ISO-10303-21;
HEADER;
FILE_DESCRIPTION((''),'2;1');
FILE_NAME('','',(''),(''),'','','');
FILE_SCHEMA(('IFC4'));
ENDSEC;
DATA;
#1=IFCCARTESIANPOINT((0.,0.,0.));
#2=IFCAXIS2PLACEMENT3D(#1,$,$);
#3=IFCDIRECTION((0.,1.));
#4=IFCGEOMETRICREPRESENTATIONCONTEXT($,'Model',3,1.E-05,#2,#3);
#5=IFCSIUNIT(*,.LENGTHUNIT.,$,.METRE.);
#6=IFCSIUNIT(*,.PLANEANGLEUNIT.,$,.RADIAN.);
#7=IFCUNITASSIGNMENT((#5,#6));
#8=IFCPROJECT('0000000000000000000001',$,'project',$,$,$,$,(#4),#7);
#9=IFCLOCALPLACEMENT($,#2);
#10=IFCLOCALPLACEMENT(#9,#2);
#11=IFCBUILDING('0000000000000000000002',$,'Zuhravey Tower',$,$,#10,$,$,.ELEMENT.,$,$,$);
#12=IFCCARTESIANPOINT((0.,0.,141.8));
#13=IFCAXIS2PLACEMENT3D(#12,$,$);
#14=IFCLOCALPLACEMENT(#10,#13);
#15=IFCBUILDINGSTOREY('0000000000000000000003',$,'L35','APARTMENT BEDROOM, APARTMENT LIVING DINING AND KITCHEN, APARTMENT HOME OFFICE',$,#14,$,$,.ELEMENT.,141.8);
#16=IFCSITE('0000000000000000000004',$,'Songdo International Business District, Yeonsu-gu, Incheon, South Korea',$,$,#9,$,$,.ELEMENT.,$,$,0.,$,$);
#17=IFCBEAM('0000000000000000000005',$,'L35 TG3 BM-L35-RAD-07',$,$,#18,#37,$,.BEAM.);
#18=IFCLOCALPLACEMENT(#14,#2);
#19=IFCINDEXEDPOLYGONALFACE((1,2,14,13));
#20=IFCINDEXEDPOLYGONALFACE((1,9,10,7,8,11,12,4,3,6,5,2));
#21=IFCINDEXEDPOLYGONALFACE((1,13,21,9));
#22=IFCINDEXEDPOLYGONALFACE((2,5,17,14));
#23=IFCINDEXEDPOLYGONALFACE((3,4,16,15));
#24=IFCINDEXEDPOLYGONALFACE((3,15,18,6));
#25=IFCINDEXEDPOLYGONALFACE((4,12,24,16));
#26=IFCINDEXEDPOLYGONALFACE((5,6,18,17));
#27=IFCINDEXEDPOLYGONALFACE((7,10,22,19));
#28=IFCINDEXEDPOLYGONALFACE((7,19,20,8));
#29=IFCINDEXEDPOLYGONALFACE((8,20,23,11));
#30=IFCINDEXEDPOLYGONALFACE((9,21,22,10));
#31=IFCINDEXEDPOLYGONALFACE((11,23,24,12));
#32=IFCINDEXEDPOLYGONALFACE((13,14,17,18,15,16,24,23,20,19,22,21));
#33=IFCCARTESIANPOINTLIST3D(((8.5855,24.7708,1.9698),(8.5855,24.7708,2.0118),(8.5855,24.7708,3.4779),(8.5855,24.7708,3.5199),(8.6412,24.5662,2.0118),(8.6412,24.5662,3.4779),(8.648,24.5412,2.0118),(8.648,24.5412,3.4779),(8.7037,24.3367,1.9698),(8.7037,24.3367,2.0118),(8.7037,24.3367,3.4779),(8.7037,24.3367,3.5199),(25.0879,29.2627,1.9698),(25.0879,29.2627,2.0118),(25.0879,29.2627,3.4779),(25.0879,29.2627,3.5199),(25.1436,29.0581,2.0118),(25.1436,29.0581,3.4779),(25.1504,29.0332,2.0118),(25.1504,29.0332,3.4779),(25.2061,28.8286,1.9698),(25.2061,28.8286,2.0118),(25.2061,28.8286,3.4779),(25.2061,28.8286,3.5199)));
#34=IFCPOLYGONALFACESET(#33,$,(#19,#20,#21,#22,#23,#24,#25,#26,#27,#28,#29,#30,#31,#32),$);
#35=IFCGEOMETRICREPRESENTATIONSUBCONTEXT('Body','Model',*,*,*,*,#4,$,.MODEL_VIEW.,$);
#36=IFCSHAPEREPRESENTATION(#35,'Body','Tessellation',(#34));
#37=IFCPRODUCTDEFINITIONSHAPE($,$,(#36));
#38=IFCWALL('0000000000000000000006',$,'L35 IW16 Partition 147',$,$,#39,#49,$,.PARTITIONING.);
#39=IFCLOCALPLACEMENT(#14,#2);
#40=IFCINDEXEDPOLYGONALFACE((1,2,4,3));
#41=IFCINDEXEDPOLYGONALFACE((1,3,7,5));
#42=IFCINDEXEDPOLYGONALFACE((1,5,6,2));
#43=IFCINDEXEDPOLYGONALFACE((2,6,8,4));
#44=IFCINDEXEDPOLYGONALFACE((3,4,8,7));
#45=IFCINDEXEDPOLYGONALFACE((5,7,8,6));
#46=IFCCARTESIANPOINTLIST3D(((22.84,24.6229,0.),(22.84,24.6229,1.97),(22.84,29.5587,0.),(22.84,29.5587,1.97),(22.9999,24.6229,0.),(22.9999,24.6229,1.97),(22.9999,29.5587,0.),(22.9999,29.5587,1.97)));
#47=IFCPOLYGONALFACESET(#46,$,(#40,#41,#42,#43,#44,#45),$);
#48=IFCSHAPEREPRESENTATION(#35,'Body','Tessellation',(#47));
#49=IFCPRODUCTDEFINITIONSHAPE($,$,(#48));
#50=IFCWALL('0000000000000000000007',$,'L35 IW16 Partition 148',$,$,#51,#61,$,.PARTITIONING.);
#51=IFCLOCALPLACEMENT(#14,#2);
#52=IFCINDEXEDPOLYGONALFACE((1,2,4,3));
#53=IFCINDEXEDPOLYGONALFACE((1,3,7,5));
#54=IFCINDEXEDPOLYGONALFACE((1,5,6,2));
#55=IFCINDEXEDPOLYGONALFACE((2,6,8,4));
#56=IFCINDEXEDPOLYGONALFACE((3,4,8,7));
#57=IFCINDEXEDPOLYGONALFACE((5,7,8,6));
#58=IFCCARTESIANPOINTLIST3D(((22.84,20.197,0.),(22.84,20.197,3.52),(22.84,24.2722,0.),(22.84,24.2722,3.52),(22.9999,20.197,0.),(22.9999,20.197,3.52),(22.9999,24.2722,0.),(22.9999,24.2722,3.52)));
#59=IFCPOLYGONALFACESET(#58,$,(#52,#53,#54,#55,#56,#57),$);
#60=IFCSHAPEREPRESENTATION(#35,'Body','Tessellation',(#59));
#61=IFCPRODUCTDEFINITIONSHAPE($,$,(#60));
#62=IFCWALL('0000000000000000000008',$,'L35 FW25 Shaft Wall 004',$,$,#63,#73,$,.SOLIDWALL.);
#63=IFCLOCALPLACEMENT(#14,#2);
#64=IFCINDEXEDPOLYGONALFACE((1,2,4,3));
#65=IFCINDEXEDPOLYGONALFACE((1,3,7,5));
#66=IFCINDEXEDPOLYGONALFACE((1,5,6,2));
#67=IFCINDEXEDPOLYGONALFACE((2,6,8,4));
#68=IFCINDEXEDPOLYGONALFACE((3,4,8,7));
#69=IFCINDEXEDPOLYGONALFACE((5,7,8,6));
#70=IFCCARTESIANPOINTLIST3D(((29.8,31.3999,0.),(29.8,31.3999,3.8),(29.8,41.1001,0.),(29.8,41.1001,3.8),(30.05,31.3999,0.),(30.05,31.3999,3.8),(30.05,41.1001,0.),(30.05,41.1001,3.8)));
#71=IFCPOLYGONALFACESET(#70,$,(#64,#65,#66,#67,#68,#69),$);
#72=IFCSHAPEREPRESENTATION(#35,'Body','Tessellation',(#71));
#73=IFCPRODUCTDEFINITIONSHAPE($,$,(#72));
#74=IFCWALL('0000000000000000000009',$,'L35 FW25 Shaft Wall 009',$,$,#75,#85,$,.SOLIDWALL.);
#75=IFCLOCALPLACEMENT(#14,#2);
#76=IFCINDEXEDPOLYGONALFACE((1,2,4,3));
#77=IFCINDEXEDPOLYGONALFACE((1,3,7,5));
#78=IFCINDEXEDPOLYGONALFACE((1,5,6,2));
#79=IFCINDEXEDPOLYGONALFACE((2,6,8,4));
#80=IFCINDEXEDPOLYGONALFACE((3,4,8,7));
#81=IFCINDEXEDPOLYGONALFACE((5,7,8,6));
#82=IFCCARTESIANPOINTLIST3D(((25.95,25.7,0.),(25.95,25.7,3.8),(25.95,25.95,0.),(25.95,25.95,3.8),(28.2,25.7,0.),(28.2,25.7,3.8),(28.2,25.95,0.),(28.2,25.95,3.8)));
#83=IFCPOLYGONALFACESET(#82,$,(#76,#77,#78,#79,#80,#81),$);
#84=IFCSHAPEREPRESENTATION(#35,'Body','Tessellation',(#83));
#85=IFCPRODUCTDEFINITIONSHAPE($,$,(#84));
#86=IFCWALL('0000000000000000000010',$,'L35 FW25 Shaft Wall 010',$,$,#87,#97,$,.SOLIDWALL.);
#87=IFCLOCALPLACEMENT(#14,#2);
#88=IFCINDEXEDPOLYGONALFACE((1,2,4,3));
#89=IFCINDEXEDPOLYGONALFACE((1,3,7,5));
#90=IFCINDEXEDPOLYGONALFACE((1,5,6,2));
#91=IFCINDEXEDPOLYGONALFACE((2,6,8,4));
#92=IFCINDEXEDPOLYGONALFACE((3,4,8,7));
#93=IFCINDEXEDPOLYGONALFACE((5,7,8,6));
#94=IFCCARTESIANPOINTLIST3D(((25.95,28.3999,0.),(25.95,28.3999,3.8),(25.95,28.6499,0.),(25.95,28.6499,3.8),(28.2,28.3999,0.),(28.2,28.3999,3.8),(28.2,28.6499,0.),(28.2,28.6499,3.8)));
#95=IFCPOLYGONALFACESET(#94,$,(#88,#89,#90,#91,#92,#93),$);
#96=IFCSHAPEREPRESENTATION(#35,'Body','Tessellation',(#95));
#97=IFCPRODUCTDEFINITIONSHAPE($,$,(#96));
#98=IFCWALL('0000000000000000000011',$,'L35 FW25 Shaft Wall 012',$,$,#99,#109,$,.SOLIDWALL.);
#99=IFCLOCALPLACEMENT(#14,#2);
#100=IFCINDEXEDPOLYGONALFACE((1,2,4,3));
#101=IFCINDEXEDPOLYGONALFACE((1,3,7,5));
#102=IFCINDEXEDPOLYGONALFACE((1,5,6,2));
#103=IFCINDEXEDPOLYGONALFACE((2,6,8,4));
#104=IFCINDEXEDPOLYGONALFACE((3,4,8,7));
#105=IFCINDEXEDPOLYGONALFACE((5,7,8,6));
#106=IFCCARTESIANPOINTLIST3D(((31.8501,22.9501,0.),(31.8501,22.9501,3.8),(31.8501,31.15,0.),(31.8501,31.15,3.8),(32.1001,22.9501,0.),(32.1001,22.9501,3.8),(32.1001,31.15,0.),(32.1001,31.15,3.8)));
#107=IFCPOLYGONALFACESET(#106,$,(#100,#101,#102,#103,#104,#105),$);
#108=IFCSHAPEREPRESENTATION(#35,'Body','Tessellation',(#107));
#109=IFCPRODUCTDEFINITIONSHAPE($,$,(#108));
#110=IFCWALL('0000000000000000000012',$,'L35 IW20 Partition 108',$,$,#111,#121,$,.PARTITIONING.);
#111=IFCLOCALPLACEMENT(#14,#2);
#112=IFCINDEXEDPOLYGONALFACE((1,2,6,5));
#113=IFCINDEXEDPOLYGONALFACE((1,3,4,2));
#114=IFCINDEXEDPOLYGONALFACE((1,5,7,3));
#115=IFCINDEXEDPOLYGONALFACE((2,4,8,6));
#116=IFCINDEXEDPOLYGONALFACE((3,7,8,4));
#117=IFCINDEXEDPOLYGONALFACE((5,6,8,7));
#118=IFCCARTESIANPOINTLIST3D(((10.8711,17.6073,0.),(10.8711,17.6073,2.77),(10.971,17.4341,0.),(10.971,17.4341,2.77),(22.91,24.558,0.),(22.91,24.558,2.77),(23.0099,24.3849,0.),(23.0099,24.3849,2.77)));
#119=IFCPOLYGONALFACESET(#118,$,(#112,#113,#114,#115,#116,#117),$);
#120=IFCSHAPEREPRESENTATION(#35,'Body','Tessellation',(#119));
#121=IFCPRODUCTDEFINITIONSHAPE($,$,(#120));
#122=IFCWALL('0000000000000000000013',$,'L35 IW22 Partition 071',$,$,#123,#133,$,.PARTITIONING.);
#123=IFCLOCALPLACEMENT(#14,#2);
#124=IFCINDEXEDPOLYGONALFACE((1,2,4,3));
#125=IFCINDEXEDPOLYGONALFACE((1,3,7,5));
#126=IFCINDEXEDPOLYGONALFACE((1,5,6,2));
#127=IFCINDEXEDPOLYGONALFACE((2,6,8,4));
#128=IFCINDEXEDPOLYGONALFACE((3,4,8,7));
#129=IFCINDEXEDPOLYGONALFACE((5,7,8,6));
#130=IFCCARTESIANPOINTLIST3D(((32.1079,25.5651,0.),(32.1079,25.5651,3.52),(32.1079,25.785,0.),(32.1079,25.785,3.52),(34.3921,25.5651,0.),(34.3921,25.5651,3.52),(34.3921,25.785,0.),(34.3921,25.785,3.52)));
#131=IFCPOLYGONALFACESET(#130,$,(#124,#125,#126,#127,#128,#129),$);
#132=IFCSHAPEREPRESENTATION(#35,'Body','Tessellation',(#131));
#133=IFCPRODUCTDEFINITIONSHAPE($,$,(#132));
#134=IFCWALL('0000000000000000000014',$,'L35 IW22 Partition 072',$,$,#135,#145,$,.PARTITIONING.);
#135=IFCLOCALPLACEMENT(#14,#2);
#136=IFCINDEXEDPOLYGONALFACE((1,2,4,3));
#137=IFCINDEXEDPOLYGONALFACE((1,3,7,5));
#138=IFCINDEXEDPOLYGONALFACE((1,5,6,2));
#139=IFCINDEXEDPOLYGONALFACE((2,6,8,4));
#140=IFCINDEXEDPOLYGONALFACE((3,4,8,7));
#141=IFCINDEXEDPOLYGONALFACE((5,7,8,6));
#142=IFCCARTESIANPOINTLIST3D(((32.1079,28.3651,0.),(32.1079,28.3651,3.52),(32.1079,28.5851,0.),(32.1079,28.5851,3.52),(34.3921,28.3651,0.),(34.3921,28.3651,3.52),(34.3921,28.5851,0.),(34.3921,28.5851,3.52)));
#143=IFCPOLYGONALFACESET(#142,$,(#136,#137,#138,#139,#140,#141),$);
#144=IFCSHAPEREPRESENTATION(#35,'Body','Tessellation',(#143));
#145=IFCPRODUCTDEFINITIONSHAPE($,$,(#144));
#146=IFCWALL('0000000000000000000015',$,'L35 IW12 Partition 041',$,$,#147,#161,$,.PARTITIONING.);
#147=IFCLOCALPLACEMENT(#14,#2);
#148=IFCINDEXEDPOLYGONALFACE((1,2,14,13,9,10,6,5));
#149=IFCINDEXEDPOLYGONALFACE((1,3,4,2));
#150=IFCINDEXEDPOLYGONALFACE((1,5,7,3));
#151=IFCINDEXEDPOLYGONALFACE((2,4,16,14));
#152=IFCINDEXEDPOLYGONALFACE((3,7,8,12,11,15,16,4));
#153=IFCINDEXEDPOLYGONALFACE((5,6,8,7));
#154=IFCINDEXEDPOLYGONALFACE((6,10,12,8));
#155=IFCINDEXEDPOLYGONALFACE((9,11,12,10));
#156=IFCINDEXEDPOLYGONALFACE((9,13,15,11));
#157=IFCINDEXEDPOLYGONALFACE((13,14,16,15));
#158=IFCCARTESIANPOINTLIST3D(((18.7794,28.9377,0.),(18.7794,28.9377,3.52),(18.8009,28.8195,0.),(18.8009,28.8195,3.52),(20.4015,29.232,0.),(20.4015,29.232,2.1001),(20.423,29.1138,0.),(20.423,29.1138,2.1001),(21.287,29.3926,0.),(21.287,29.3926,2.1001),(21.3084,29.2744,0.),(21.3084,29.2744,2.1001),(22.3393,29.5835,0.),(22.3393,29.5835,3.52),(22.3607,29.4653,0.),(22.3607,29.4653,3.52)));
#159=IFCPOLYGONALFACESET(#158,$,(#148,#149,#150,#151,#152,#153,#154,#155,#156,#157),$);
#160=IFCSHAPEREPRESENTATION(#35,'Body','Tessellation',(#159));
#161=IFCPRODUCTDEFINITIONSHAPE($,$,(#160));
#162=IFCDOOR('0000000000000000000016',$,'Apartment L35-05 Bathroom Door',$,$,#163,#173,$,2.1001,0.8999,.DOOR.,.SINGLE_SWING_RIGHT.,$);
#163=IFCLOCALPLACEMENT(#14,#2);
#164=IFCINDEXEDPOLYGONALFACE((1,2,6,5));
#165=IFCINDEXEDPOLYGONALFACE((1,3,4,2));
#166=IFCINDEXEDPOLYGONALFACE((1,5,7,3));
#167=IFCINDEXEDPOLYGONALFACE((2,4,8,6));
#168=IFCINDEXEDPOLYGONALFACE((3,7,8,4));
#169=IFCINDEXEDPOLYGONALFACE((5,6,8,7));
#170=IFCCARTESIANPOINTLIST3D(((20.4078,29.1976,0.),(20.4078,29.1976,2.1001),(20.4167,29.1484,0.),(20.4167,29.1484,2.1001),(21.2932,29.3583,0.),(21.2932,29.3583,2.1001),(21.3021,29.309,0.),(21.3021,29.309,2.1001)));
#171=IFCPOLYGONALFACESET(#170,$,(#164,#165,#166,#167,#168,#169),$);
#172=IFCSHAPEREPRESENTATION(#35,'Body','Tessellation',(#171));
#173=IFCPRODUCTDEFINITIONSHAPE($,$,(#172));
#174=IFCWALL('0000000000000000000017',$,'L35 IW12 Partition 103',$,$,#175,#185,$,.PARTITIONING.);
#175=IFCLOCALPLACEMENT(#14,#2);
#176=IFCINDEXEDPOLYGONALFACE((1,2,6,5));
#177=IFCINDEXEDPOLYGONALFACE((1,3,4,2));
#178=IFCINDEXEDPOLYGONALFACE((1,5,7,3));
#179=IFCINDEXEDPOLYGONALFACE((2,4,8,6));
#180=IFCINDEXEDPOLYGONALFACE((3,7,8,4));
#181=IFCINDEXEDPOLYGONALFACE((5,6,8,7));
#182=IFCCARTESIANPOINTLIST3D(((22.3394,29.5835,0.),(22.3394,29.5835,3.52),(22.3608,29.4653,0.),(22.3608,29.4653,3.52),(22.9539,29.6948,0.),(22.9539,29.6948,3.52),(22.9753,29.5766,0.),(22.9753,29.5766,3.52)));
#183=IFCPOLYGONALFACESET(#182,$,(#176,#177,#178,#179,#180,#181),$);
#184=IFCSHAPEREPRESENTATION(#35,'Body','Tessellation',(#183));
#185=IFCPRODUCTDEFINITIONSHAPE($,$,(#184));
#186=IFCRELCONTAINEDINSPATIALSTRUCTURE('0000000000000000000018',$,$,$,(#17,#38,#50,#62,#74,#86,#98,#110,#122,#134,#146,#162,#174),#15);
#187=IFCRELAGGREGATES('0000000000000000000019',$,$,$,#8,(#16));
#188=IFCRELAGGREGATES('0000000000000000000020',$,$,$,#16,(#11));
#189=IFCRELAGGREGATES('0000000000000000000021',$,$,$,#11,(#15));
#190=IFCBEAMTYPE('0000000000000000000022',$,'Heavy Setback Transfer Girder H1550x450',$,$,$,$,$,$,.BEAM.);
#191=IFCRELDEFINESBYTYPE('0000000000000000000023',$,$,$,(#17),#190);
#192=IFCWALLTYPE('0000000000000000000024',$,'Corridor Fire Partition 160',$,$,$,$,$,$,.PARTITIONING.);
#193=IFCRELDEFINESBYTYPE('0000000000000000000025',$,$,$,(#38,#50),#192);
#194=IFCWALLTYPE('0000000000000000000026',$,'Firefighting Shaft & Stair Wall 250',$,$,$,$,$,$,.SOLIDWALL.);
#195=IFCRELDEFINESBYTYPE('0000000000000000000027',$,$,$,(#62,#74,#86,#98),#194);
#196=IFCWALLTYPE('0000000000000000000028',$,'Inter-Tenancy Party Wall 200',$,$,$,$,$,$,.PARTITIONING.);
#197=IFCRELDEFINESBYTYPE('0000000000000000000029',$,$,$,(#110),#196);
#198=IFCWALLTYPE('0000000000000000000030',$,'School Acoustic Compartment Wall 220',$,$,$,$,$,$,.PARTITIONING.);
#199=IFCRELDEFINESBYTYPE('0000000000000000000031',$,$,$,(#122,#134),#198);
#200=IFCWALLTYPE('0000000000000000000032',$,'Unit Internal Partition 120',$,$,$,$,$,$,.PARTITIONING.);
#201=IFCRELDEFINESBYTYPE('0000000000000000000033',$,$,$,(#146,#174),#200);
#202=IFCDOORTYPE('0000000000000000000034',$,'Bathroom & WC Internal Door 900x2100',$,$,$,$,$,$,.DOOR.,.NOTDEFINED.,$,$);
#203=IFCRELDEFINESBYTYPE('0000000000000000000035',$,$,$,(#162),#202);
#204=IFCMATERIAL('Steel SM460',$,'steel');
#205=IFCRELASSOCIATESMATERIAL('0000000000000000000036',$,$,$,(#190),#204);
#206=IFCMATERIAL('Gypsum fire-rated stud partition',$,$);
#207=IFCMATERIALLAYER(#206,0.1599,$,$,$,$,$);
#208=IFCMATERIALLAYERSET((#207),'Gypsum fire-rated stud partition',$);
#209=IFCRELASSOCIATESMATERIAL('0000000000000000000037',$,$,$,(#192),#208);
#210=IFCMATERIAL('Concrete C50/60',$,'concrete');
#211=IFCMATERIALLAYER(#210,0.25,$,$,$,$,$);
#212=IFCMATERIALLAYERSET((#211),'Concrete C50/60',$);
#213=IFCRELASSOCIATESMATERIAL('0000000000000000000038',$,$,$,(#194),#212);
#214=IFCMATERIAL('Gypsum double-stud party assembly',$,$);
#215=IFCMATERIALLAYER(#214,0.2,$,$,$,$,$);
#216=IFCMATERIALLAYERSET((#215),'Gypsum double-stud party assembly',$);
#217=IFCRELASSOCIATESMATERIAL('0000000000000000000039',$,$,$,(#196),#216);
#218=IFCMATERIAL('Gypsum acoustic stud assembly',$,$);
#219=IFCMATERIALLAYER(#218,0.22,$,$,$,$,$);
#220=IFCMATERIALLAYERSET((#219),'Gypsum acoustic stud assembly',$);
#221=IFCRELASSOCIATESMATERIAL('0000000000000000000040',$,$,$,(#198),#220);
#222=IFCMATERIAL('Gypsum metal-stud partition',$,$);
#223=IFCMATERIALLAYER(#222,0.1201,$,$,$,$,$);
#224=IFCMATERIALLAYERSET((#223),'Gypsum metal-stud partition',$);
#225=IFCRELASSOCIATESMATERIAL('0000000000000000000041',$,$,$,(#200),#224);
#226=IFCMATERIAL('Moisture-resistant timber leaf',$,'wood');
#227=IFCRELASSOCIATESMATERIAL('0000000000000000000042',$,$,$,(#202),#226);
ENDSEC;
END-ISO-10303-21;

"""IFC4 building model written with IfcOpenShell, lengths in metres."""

from ifc_helpers import new_model, si_unit, direction, frame, frame_2d, origin, origin_2d, place, context, subcontext, project, spatial, rectangle, i_section, extrude, material, layer, layer_set, material_profile, profile_set, type_object, element, fill, save


model = new_model("IFC4")

# Units and contexts
model_context = context("Model", 3, precision=1e-05, world=origin(), true_north=direction((0.0, 1.0)))
body_context = subcontext(model_context, "Body", "Model", "MODEL_VIEW")
ifc_project = project(units=[si_unit("LENGTHUNIT", "METRE"), si_unit("PLANEANGLEUNIT", "RADIAN")], contexts=[model_context])

# Site, building, storey
site_placement = place(None, origin())
site = spatial("IfcSite", under=ifc_project, at=site_placement, Name="Songdo International Business District, Yeonsu-gu, Incheon, South Korea", CompositionType="ELEMENT", RefElevation=0.0)
building_placement = place(site_placement, origin())
building = spatial("IfcBuilding", under=site, at=building_placement, Name="Zuhravey Tower", CompositionType="ELEMENT")
storey_placement = place(building_placement, frame((0.0, 0.0, 141.8)))
storey = spatial("IfcBuildingStorey", under=building, at=storey_placement, Name="L35", Description="APARTMENT BEDROOM, APARTMENT LIVING DINING AND KITCHEN, APARTMENT HOME OFFICE", CompositionType="ELEMENT", Elevation=141.8)

# Beam
ifc_material_1 = material(Name="Steel SM460", Category="steel")
ifc_material_profile = material_profile(ifc_material_1, i_section(OverallWidth=0.45, OverallDepth=1.55, WebThickness=0.0259, FlangeThickness=0.042, at=origin_2d()), Name="H-1550x450x26x42")
ifc_profile_set = profile_set([ifc_material_profile], Name="Steel SM460")
beam_type = type_object("IfcBeamType", Name="Heavy Setback Transfer Girder H1550x450", PredefinedType="BEAM", material=ifc_profile_set)
beam_placement = place(storey_placement, frame((25.147, 29.0457, 2.7449), z_axis=(-0.964893, -0.262643, 0.0), x_axis=(0.262643, -0.964893, 0.0)))
element("IfcBeam", 1, at=beam_placement, inside=storey, type_object=beam_type, Name="L35 TG3 BM-L35-RAD-07", PredefinedType="BEAM", context=body_context, shape_type="SweptSolid", body=[
    extrude(i_section(OverallWidth=0.45, OverallDepth=1.55, WebThickness=0.0259, FlangeThickness=0.042, at=origin_2d()), origin(), (0.0, 0.0, 1.0), 17.1028),
])

# Shared definitions
ifc_material_2 = material(Name="Gypsum fire-rated stud partition")
ifc_layer_1 = layer(ifc_material_2, 0.1599)
ifc_layer_set_1 = layer_set([ifc_layer_1], Name="Gypsum fire-rated stud partition")
wall_type_1 = type_object("IfcWallType", Name="Corridor Fire Partition 160", PredefinedType="PARTITIONING", material=ifc_layer_set_1)

# Walls
wall_1_placement = place(storey_placement, frame((22.9199, 29.5586, 0.0), z_axis=(0.0, 0.0, 1.0), x_axis=(0.0, -1.0, 0.0)))
element("IfcWall", 2, at=wall_1_placement, inside=storey, type_object=wall_type_1, Name="L35 IW16 Partition 147", PredefinedType="PARTITIONING", context=body_context, shape_type="SweptSolid", body=[
    extrude(rectangle(XDim=4.9358, YDim=0.1599, at=frame_2d((2.4678, 0.0))), origin(), (0.0, 0.0, 1.0), 1.97),
])
wall_2_placement = place(storey_placement, frame((22.9199, 24.2722, 0.0), z_axis=(0.0, 0.0, 1.0), x_axis=(0.0, -1.0, 0.0)))
element("IfcWall", 3, at=wall_2_placement, inside=storey, type_object=wall_type_1, Name="L35 IW16 Partition 148", PredefinedType="PARTITIONING", context=body_context, shape_type="SweptSolid", body=[
    extrude(rectangle(XDim=4.0752, YDim=0.1599, at=frame_2d((2.0376, 0.0))), origin(), (0.0, 0.0, 1.0), 3.52),
])

# Shared definitions
ifc_material_3 = material(Name="Concrete C50/60", Category="concrete")
ifc_layer_2 = layer(ifc_material_3, 0.25)
ifc_layer_set_2 = layer_set([ifc_layer_2], Name="Concrete C50/60")
wall_type_2 = type_object("IfcWallType", Name="Firefighting Shaft & Stair Wall 250", PredefinedType="SOLIDWALL", material=ifc_layer_set_2)

# Walls
wall_3_placement = place(storey_placement, frame((29.925, 31.3999, 0.0), z_axis=(0.0, 0.0, 1.0), x_axis=(0.0, 1.0, 0.0)))
element("IfcWall", 4, at=wall_3_placement, inside=storey, type_object=wall_type_2, Name="L35 FW25 Shaft Wall 004", PredefinedType="SOLIDWALL", context=body_context, shape_type="SweptSolid", body=[
    extrude(rectangle(XDim=9.7002, YDim=0.25, at=frame_2d((4.8501, 0.0))), origin(), (0.0, 0.0, 1.0), 3.8),
])
for number, where, z_axis, x_axis, name in (
    (5, (25.95, 25.825, 0.0), (0.0, 0.0, 1.0), (1.0, 0.0, 0.0), "L35 FW25 Shaft Wall 009"),
    (6, (25.95, 28.5249, 0.0), (0.0, 0.0, 1.0), (1.0, 0.0, 0.0), "L35 FW25 Shaft Wall 010"),
):
    element("IfcWall", number, at=place(storey_placement, frame(where, z_axis=z_axis, x_axis=x_axis)), inside=storey, type_object=wall_type_2, Name=name, PredefinedType="SOLIDWALL", context=body_context, shape_type="SweptSolid", body=[
        extrude(rectangle(XDim=2.25, YDim=0.25, at=frame_2d((1.125, 0.0))), origin(), (0.0, 0.0, 1.0), 3.8),
    ])
wall_4_placement = place(storey_placement, frame((31.9751, 22.95, 0.0), z_axis=(0.0, 0.0, 1.0), x_axis=(0.0, 1.0, 0.0)))
element("IfcWall", 7, at=wall_4_placement, inside=storey, type_object=wall_type_2, Name="L35 FW25 Shaft Wall 012", PredefinedType="SOLIDWALL", context=body_context, shape_type="SweptSolid", body=[
    extrude(rectangle(XDim=8.2, YDim=0.25, at=frame_2d((4.1001, 0.0))), origin(), (0.0, 0.0, 1.0), 3.8),
])
ifc_material_4 = material(Name="Gypsum double-stud party assembly")
ifc_layer_3 = layer(ifc_material_4, 0.2)
ifc_layer_set_3 = layer_set([ifc_layer_3], Name="Gypsum double-stud party assembly")
wall_type_3 = type_object("IfcWallType", Name="Inter-Tenancy Party Wall 200", PredefinedType="PARTITIONING", material=ifc_layer_set_3)
wall_5_placement = place(storey_placement, frame((22.96, 24.4714, 0.0), z_axis=(0.0, 0.0, 1.0), x_axis=(-0.866023, -0.500004, 0.0)))
element("IfcWall", 8, at=wall_5_placement, inside=storey, type_object=wall_type_3, Name="L35 IW20 Partition 108", PredefinedType="PARTITIONING", context=body_context, shape_type="SweptSolid", body=[
    extrude(rectangle(XDim=13.9014, YDim=0.2, at=frame_2d((6.9507, 0.0))), origin(), (0.0, 0.0, 1.0), 2.77),
])
ifc_material_5 = material(Name="Gypsum acoustic stud assembly")
ifc_layer_4 = layer(ifc_material_5, 0.22)
ifc_layer_set_4 = layer_set([ifc_layer_4], Name="Gypsum acoustic stud assembly")
wall_type_4 = type_object("IfcWallType", Name="School Acoustic Compartment Wall 220", PredefinedType="PARTITIONING", material=ifc_layer_set_4)
for number, where, z_axis, x_axis, name in (
    (9, (32.1079, 25.675, 0.0), (0.0, 0.0, 1.0), (1.0, 0.0, 0.0), "L35 IW22 Partition 071"),
    (10, (32.1079, 28.4751, 0.0), (0.0, 0.0, 1.0), (1.0, 0.0, 0.0), "L35 IW22 Partition 072"),
):
    element("IfcWall", number, at=place(storey_placement, frame(where, z_axis=z_axis, x_axis=x_axis)), inside=storey, type_object=wall_type_4, Name=name, PredefinedType="PARTITIONING", context=body_context, shape_type="SweptSolid", body=[
        extrude(rectangle(XDim=2.2842, YDim=0.22, at=frame_2d((1.1421, 0.0))), origin(), (0.0, 0.0, 1.0), 3.52),
    ])

# Wall, opening, door
ifc_material_6 = material(Name="Gypsum metal-stud partition")
ifc_layer_5 = layer(ifc_material_6, 0.1201)
ifc_layer_set_5 = layer_set([ifc_layer_5], Name="Gypsum metal-stud partition")
wall_type_5 = type_object("IfcWallType", Name="Unit Internal Partition 120", PredefinedType="PARTITIONING", material=ifc_layer_set_5)
wall_6_placement = place(storey_placement, frame((22.3501, 29.5244, 0.0), z_axis=(0.0, 0.0, 1.0), x_axis=(-0.983942, -0.178488, 0.0)))
wall_6 = element("IfcWall", 11, at=wall_6_placement, inside=storey, type_object=wall_type_5, Name="L35 IW12 Partition 041", PredefinedType="PARTITIONING", context=body_context, shape_type="SweptSolid", body=[
    extrude(rectangle(XDim=3.6179, YDim=0.1201, at=frame_2d((1.8091, 0.0))), origin(), (0.0, 0.0, 1.0), 3.52),
])
opening_1_placement = place(wall_6_placement, frame((1.0696, 0.0, 0.0)))
opening_1 = element("IfcOpeningElement", 12, at=opening_1_placement, cuts=wall_6, PredefinedType="OPENING", context=body_context, shape_type="SweptSolid", body=[
    extrude(rectangle(XDim=0.8999, YDim=2.1001, at=frame_2d((0.45, 1.05))), frame((0.0, 0.072, 0.0), z_axis=(0.0, -1.0, 0.0), x_axis=(1.0, 0.0, 0.0)), (0.0, 0.0, 1.0), 0.144),
])
ifc_material_7 = material(Name="Moisture-resistant timber leaf", Category="wood")
door_type_1 = type_object("IfcDoorType", Name="Bathroom & WC Internal Door 900x2100", OperationType="NOTDEFINED", PredefinedType="DOOR", material=ifc_material_7)
door_1_placement = place(opening_1_placement, origin())
door_1 = element("IfcDoor", 13, at=door_1_placement, inside=storey, type_object=door_type_1, Name="Apartment L35-05 Bathroom Door", OperationType="SINGLE_SWING_RIGHT", OverallHeight=2.1001, OverallWidth=0.8999, PredefinedType="DOOR", context=body_context, shape_type="SweptSolid", body=[
    extrude(rectangle(XDim=0.8999, YDim=2.1001, at=frame_2d((0.45, 1.05))), frame((0.0, 0.0249, 0.0), z_axis=(0.0, -1.0, 0.0), x_axis=(1.0, 0.0, 0.0)), (0.0, 0.0, 1.0), 0.05),
])
fill(opening_1, door_1)

# Wall
wall_7_placement = place(storey_placement, frame((22.9646, 29.6357, 0.0), z_axis=(0.0, 0.0, 1.0), x_axis=(-0.983982, -0.178266, 0.0)))
element("IfcWall", 14, at=wall_7_placement, inside=storey, type_object=wall_type_5, Name="L35 IW12 Partition 103", PredefinedType="PARTITIONING", context=body_context, shape_type="SweptSolid", body=[
    extrude(rectangle(XDim=0.6245, YDim=0.1201, at=frame_2d((0.3123, 0.0))), origin(), (0.0, 0.0, 1.0), 3.52),
])

save(model, "model.ifc")
